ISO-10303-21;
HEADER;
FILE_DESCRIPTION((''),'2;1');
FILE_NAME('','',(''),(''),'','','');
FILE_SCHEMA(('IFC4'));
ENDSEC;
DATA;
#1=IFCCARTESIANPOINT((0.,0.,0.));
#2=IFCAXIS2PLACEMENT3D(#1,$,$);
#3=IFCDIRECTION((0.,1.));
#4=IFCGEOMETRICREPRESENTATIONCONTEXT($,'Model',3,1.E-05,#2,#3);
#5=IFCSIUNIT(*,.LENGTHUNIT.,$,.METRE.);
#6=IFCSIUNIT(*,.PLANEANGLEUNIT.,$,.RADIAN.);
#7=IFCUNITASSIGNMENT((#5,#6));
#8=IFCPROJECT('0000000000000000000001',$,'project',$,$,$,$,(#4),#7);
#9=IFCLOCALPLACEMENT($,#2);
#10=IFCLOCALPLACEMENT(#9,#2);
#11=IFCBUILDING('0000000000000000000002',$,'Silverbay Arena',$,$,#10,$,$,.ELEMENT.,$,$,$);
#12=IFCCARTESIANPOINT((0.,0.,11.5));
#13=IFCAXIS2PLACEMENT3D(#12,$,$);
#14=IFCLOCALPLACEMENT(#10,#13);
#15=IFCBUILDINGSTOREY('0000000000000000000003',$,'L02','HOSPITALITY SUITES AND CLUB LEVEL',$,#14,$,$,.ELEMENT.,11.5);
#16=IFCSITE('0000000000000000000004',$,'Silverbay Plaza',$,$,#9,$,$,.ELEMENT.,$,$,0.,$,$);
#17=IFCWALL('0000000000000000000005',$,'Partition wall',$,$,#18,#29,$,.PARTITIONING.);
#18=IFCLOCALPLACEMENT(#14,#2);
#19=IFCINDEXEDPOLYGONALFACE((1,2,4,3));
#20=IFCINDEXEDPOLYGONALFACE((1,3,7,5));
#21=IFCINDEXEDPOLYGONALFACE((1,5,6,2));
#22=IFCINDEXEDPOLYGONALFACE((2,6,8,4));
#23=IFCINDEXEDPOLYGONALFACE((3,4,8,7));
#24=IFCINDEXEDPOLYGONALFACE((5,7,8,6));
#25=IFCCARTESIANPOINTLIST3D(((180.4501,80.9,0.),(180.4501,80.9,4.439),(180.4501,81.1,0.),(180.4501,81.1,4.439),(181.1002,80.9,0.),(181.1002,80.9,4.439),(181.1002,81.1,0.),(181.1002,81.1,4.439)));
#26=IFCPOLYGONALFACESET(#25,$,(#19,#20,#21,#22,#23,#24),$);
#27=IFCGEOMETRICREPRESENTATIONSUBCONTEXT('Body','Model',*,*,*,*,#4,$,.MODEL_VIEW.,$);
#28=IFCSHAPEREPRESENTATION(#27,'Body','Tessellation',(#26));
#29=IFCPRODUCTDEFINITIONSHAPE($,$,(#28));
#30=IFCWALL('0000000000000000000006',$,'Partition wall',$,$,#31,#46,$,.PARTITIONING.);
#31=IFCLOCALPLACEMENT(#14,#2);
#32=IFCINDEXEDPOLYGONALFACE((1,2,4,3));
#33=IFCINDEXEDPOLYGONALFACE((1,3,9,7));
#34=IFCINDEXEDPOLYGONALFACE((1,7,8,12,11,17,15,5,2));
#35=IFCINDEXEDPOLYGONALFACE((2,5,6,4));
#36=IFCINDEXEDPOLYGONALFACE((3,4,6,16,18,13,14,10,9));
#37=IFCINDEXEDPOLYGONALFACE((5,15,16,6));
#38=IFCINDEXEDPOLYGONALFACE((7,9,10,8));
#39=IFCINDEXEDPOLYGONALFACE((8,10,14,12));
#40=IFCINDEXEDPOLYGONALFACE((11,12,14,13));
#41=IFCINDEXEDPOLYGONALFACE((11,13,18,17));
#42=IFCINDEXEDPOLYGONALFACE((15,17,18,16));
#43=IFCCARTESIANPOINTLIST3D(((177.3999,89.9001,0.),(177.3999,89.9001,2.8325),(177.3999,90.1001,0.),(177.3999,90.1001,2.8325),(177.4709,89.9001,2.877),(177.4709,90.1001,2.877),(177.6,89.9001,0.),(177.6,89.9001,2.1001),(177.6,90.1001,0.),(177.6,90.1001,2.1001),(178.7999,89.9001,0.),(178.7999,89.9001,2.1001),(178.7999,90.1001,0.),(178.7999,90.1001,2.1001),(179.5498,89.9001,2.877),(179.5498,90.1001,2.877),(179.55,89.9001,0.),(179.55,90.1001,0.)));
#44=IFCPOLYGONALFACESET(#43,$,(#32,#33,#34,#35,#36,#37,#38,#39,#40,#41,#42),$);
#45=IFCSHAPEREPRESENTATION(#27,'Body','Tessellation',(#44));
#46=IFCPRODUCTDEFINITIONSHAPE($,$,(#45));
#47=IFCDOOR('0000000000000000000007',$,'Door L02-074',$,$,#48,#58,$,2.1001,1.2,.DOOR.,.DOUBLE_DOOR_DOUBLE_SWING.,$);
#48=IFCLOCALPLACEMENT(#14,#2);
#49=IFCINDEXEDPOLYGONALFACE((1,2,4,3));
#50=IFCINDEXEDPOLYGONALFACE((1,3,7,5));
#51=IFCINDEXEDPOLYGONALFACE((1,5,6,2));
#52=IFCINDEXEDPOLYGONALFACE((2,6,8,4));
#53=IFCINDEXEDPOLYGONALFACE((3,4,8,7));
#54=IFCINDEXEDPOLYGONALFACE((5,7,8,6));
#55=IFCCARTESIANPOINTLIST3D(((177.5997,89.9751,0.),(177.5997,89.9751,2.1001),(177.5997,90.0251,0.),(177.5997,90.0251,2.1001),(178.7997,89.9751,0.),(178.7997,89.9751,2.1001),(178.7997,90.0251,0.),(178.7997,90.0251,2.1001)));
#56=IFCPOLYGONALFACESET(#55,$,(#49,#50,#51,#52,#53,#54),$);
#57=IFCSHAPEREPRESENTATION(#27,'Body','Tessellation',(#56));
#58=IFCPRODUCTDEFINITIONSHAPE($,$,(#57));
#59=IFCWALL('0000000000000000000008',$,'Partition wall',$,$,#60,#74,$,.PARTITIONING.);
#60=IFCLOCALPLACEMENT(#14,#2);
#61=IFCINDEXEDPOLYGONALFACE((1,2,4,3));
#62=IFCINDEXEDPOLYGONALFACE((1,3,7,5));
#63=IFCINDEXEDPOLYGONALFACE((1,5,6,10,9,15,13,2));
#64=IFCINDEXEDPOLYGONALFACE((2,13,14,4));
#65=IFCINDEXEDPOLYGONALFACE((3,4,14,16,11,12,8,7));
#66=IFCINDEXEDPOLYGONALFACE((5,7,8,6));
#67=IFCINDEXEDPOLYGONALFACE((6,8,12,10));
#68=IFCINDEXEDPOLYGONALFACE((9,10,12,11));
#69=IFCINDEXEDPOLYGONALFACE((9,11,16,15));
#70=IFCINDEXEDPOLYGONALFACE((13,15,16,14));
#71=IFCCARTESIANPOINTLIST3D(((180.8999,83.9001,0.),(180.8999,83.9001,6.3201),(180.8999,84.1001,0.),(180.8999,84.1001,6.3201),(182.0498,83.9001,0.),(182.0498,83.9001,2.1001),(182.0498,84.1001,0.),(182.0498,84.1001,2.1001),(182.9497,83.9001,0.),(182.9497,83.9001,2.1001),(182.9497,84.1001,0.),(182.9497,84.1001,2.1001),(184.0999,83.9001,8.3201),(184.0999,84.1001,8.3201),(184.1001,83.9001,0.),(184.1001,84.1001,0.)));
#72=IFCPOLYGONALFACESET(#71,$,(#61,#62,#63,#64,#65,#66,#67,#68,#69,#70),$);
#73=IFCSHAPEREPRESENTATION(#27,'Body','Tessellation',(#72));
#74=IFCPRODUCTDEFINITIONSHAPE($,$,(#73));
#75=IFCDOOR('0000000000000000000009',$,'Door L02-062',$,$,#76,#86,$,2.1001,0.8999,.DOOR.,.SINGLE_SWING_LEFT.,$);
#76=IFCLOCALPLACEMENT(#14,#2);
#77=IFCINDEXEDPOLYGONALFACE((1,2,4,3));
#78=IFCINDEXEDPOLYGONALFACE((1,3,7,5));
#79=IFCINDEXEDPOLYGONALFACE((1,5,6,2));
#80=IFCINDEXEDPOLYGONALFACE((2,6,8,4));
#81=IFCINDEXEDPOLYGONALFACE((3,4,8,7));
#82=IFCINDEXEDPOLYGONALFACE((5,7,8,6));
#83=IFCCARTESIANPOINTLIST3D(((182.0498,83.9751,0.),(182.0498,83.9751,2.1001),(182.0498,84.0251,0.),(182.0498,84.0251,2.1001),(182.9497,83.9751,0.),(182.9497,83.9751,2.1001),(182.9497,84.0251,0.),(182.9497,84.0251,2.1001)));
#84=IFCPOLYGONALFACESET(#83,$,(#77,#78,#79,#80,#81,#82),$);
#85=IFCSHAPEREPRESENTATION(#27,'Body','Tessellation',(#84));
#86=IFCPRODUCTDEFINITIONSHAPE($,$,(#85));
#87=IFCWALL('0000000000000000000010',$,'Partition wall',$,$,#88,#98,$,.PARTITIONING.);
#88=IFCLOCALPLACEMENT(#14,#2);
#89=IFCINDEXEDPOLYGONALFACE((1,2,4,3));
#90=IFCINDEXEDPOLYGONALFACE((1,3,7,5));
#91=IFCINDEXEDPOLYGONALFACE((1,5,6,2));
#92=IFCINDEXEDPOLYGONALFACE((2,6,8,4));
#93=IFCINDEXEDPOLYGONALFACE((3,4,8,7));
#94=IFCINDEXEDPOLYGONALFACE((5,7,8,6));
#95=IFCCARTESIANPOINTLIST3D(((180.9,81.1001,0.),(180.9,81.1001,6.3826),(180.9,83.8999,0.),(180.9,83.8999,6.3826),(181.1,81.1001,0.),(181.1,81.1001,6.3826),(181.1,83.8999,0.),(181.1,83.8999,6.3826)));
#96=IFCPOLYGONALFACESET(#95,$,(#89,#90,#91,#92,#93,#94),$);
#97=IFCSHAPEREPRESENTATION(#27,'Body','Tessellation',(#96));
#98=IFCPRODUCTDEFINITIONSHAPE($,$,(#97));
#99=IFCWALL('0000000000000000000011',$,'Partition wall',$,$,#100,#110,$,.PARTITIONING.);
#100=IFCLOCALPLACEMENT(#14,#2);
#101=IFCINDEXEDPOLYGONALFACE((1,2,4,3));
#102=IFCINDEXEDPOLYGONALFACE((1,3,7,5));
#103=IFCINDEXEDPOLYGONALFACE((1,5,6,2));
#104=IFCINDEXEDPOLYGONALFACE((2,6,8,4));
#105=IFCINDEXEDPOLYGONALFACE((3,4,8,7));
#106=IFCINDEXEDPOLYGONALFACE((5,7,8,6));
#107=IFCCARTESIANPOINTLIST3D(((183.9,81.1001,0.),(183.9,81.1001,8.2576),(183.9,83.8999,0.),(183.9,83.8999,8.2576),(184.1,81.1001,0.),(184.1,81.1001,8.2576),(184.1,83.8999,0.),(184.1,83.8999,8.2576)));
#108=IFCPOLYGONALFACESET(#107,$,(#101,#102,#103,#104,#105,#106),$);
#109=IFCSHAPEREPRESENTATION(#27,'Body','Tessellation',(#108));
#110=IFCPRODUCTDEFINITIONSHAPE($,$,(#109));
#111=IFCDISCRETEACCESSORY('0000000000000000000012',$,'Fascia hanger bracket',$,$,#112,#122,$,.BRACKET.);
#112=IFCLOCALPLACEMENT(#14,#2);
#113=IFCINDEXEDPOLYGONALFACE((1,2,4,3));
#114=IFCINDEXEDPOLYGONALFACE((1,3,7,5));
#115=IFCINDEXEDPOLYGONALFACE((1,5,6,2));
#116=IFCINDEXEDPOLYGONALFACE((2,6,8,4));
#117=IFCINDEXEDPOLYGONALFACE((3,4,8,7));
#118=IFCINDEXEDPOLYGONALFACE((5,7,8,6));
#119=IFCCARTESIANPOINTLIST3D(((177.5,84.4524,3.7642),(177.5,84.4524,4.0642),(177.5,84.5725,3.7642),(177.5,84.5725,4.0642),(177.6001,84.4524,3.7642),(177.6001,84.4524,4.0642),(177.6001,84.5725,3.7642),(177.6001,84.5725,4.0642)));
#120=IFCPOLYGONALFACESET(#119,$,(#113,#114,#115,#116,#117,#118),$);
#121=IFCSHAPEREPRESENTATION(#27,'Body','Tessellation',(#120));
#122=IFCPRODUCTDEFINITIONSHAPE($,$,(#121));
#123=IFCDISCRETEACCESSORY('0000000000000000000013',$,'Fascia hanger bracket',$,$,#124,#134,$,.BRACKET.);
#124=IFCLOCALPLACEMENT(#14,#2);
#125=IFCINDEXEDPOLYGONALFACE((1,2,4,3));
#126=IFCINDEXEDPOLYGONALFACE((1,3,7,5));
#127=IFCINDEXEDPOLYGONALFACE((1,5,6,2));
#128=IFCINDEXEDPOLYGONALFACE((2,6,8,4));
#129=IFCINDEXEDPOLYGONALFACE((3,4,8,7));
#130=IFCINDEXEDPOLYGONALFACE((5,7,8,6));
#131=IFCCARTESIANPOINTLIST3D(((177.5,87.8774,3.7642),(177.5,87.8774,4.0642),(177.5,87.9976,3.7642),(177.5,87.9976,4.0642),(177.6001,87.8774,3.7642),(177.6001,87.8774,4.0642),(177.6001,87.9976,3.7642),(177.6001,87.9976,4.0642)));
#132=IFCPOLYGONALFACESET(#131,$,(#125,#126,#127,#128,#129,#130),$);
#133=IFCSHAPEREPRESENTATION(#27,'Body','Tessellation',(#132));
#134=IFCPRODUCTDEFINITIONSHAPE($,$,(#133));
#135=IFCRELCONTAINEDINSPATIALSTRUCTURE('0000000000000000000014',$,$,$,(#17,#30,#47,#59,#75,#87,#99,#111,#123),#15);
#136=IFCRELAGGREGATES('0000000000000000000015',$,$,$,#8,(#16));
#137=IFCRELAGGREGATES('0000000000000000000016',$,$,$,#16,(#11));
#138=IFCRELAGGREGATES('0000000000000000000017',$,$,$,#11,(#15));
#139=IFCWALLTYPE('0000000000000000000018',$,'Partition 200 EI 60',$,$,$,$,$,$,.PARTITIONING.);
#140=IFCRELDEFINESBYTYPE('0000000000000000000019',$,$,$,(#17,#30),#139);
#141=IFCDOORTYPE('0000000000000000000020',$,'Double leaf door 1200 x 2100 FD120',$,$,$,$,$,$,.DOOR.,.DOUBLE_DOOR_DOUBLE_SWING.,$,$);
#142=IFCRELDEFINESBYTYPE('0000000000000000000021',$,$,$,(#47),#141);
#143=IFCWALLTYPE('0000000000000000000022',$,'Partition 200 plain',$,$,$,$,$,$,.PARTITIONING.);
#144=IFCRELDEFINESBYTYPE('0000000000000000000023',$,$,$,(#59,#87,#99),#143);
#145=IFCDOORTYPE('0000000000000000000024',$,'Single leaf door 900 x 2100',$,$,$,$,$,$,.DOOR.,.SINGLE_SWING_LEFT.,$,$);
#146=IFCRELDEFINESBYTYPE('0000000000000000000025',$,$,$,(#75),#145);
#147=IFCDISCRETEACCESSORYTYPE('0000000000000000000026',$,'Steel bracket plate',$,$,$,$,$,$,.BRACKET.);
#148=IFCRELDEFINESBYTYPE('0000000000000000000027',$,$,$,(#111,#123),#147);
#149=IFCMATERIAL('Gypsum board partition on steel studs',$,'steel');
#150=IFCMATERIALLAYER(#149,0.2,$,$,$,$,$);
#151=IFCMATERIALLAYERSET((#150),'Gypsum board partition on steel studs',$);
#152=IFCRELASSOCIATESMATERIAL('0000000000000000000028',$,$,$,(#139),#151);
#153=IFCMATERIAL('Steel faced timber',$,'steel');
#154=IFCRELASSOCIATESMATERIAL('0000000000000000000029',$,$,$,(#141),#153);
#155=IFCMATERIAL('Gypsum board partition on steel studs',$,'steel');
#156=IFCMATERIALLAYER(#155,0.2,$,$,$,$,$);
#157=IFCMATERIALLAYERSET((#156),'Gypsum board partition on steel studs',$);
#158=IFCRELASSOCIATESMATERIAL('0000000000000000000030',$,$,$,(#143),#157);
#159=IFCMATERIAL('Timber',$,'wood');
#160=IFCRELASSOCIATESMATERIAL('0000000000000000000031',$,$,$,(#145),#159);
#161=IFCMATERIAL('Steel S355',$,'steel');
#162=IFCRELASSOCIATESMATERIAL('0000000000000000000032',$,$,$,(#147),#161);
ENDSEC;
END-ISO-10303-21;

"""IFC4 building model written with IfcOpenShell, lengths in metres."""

from ifc_helpers import new_model, si_unit, direction, frame, frame_2d, origin, origin_2d, place, context, subcontext, project, spatial, polyline, rectangle, outline, extrude, material, layer, layer_set, type_object, element, fill, save


model = new_model("IFC4")

# Units and contexts
model_context = context("Model", 3, precision=1e-05, world=origin(), true_north=direction((0.0, 1.0)))
body_context = subcontext(model_context, "Body", "Model", "MODEL_VIEW")
ifc_project = project(units=[si_unit("LENGTHUNIT", "METRE"), si_unit("PLANEANGLEUNIT", "RADIAN")], contexts=[model_context])

# Site, building, storey
site_placement = place(None, origin())
site = spatial("IfcSite", under=ifc_project, at=site_placement, Name="Silverbay Plaza", CompositionType="ELEMENT", RefElevation=0.0)
building_placement = place(site_placement, origin())
building = spatial("IfcBuilding", under=site, at=building_placement, Name="Silverbay Arena", CompositionType="ELEMENT")
storey_placement = place(building_placement, frame((0.0, 0.0, 11.5)))
storey = spatial("IfcBuildingStorey", under=building, at=storey_placement, Name="L02", Description="HOSPITALITY SUITES AND CLUB LEVEL", CompositionType="ELEMENT", Elevation=11.5)

# Wall
ifc_material_1 = material(Name="Gypsum board partition on steel studs", Category="steel")
ifc_layer_1 = layer(ifc_material_1, 0.2)
ifc_layer_set_1 = layer_set([ifc_layer_1], Name="Gypsum board partition on steel studs")
wall_type_1 = type_object("IfcWallType", Name="Partition 200 EI 60", PredefinedType="PARTITIONING", material=ifc_layer_set_1)
wall_1_placement = place(storey_placement, frame((180.45, 81.0, 0.0), z_axis=(0.0, 0.0, 1.0), x_axis=(1.0, 0.0, 0.0)))
element("IfcWall", 1, at=wall_1_placement, inside=storey, type_object=wall_type_1, Name="Partition wall", PredefinedType="PARTITIONING", context=body_context, shape_type="SweptSolid", body=[
    extrude(rectangle(XDim=0.6501, YDim=0.2, at=frame_2d((0.3252, 0.0))), origin(), (0.0, 0.0, 1.0), 4.439),
])

# Walls, openings, doors
wall_2_placement = place(storey_placement, frame((177.3999, 90.0, 0.0), z_axis=(0.0, 0.0, 1.0), x_axis=(1.0, 0.0, 0.0)))
wall_2 = element("IfcWall", 2, at=wall_2_placement, inside=storey, type_object=wall_type_1, Name="Partition wall", PredefinedType="PARTITIONING", context=body_context, shape_type="SweptSolid", body=[
    extrude(outline(polyline([(0.0, 0.0), (2.1501, 0.0), (2.1499, 2.877), (0.071, 2.877), (0.0, 2.8325), (0.0, 0.0)])), frame((0.0, 0.1001, 0.0), z_axis=(0.0, -1.0, 0.0), x_axis=(1.0, 0.0, 0.0)), (0.0, 0.0, 1.0), 0.2),
])
opening_1_placement = place(wall_2_placement, frame((0.2, 0.0, 0.0)))
opening_1 = element("IfcOpeningElement", 3, at=opening_1_placement, cuts=wall_2, PredefinedType="OPENING", context=body_context, shape_type="SweptSolid", body=[
    extrude(rectangle(XDim=1.2, YDim=2.1001, at=frame_2d((0.6001, 1.05))), frame((0.0, 0.1099, 0.0), z_axis=(0.0, -1.0, 0.0), x_axis=(1.0, 0.0, 0.0)), (0.0, 0.0, 1.0), 0.22),
])
ifc_material_2 = material(Name="Steel faced timber", Category="steel")
door_type_1 = type_object("IfcDoorType", Name="Double leaf door 1200 x 2100 FD120", OperationType="DOUBLE_DOOR_DOUBLE_SWING", PredefinedType="DOOR", material=ifc_material_2)
door_1_placement = place(opening_1_placement, frame((1.2, 0.0, 0.0), z_axis=(0.0, 0.0, 1.0), x_axis=(-1.0, 0.0, 0.0)))
door_1 = element("IfcDoor", 4, at=door_1_placement, inside=storey, type_object=door_type_1, Name="Door L02-074", OperationType="DOUBLE_DOOR_DOUBLE_SWING", OverallHeight=2.1001, OverallWidth=1.2, PredefinedType="DOOR", context=body_context, shape_type="SweptSolid", body=[
    extrude(rectangle(XDim=1.2, YDim=2.1001, at=frame_2d((0.6001, 1.05))), frame((0.0, 0.0249, 0.0), z_axis=(0.0, -1.0, 0.0), x_axis=(1.0, 0.0, 0.0)), (0.0, 0.0, 1.0), 0.05),
])
fill(opening_1, door_1)
ifc_material_3 = material(Name="Gypsum board partition on steel studs", Category="steel")
ifc_layer_2 = layer(ifc_material_3, 0.2)
ifc_layer_set_2 = layer_set([ifc_layer_2], Name="Gypsum board partition on steel studs")
wall_type_2 = type_object("IfcWallType", Name="Partition 200 plain", PredefinedType="PARTITIONING", material=ifc_layer_set_2)
wall_3_placement = place(storey_placement, frame((180.8999, 84.0, 0.0), z_axis=(0.0, 0.0, 1.0), x_axis=(1.0, 0.0, 0.0)))
wall_3 = element("IfcWall", 5, at=wall_3_placement, inside=storey, type_object=wall_type_2, Name="Partition wall", PredefinedType="PARTITIONING", context=body_context, shape_type="SweptSolid", body=[
    extrude(outline(polyline([(0.0, 0.0), (3.2002, 0.0), (3.2, 8.3201), (2.2856, 7.7485), (0.0, 6.3201), (0.0, 0.0)])), frame((0.0, 0.1001, 0.0), z_axis=(0.0, -1.0, 0.0), x_axis=(1.0, 0.0, 0.0)), (0.0, 0.0, 1.0), 0.2),
])
opening_2_placement = place(wall_3_placement, frame((1.1499, 0.0, 0.0)))
opening_2 = element("IfcOpeningElement", 6, at=opening_2_placement, cuts=wall_3, PredefinedType="OPENING", context=body_context, shape_type="SweptSolid", body=[
    extrude(rectangle(XDim=0.8999, YDim=2.1001, at=frame_2d((0.45, 1.05))), frame((0.0, 0.1099, 0.0), z_axis=(0.0, -1.0, 0.0), x_axis=(1.0, 0.0, 0.0)), (0.0, 0.0, 1.0), 0.22),
])
ifc_material_4 = material(Name="Timber", Category="wood")
door_type_2 = type_object("IfcDoorType", Name="Single leaf door 900 x 2100", OperationType="SINGLE_SWING_LEFT", PredefinedType="DOOR", material=ifc_material_4)
door_2_placement = place(opening_2_placement, frame((0.8999, 0.0, 0.0), z_axis=(0.0, 0.0, 1.0), x_axis=(-1.0, 0.0, 0.0)))
door_2 = element("IfcDoor", 7, at=door_2_placement, inside=storey, type_object=door_type_2, Name="Door L02-062", OperationType="SINGLE_SWING_LEFT", OverallHeight=2.1001, OverallWidth=0.8999, PredefinedType="DOOR", context=body_context, shape_type="SweptSolid", body=[
    extrude(rectangle(XDim=0.8999, YDim=2.1001, at=frame_2d((0.45, 1.05))), frame((0.0, 0.0249, 0.0), z_axis=(0.0, -1.0, 0.0), x_axis=(1.0, 0.0, 0.0)), (0.0, 0.0, 1.0), 0.05),
])
fill(opening_2, door_2)

# Walls
wall_4_placement = place(storey_placement, frame((181.0, 81.1001, 0.0), z_axis=(0.0, 0.0, 1.0), x_axis=(0.0, 1.0, 0.0)))
element("IfcWall", 8, at=wall_4_placement, inside=storey, type_object=wall_type_2, Name="Partition wall", PredefinedType="PARTITIONING", context=body_context, shape_type="SweptSolid", body=[
    extrude(rectangle(XDim=2.7998, YDim=0.2, at=frame_2d((1.3999, 0.0))), origin(), (0.0, 0.0, 1.0), 6.3826),
])
wall_5_placement = place(storey_placement, frame((184.0, 81.1001, 0.0), z_axis=(0.0, 0.0, 1.0), x_axis=(0.0, 1.0, 0.0)))
element("IfcWall", 9, at=wall_5_placement, inside=storey, type_object=wall_type_2, Name="Partition wall", PredefinedType="PARTITIONING", context=body_context, shape_type="SweptSolid", body=[
    extrude(rectangle(XDim=2.7998, YDim=0.2, at=frame_2d((1.3999, 0.0))), origin(), (0.0, 0.0, 1.0), 8.2576),
])

# Discrete accessories
ifc_material_5 = material(Name="Steel S355", Category="steel")
discrete_accessory_type = type_object("IfcDiscreteAccessoryType", Name="Steel bracket plate", PredefinedType="BRACKET", material=ifc_material_5)
for number, where, z_axis, x_axis, name in (
    (10, (177.55, 84.5125, 3.7642), (0.0, 0.0, 1.0), (0.0, 1.0, 0.0), "Fascia hanger bracket"),
    (11, (177.55, 87.9375, 3.7642), (0.0, 0.0, 1.0), (0.0, 1.0, 0.0), "Fascia hanger bracket"),
):
    element("IfcDiscreteAccessory", number, at=place(storey_placement, frame(where, z_axis=z_axis, x_axis=x_axis)), inside=storey, type_object=discrete_accessory_type, Name=name, PredefinedType="BRACKET", context=body_context, shape_type="SweptSolid", body=[
        extrude(rectangle(XDim=0.1201, YDim=0.1001, at=origin_2d()), origin(), (0.0, 0.0, 1.0), 0.3),
    ])

save(model, "model.ifc")
